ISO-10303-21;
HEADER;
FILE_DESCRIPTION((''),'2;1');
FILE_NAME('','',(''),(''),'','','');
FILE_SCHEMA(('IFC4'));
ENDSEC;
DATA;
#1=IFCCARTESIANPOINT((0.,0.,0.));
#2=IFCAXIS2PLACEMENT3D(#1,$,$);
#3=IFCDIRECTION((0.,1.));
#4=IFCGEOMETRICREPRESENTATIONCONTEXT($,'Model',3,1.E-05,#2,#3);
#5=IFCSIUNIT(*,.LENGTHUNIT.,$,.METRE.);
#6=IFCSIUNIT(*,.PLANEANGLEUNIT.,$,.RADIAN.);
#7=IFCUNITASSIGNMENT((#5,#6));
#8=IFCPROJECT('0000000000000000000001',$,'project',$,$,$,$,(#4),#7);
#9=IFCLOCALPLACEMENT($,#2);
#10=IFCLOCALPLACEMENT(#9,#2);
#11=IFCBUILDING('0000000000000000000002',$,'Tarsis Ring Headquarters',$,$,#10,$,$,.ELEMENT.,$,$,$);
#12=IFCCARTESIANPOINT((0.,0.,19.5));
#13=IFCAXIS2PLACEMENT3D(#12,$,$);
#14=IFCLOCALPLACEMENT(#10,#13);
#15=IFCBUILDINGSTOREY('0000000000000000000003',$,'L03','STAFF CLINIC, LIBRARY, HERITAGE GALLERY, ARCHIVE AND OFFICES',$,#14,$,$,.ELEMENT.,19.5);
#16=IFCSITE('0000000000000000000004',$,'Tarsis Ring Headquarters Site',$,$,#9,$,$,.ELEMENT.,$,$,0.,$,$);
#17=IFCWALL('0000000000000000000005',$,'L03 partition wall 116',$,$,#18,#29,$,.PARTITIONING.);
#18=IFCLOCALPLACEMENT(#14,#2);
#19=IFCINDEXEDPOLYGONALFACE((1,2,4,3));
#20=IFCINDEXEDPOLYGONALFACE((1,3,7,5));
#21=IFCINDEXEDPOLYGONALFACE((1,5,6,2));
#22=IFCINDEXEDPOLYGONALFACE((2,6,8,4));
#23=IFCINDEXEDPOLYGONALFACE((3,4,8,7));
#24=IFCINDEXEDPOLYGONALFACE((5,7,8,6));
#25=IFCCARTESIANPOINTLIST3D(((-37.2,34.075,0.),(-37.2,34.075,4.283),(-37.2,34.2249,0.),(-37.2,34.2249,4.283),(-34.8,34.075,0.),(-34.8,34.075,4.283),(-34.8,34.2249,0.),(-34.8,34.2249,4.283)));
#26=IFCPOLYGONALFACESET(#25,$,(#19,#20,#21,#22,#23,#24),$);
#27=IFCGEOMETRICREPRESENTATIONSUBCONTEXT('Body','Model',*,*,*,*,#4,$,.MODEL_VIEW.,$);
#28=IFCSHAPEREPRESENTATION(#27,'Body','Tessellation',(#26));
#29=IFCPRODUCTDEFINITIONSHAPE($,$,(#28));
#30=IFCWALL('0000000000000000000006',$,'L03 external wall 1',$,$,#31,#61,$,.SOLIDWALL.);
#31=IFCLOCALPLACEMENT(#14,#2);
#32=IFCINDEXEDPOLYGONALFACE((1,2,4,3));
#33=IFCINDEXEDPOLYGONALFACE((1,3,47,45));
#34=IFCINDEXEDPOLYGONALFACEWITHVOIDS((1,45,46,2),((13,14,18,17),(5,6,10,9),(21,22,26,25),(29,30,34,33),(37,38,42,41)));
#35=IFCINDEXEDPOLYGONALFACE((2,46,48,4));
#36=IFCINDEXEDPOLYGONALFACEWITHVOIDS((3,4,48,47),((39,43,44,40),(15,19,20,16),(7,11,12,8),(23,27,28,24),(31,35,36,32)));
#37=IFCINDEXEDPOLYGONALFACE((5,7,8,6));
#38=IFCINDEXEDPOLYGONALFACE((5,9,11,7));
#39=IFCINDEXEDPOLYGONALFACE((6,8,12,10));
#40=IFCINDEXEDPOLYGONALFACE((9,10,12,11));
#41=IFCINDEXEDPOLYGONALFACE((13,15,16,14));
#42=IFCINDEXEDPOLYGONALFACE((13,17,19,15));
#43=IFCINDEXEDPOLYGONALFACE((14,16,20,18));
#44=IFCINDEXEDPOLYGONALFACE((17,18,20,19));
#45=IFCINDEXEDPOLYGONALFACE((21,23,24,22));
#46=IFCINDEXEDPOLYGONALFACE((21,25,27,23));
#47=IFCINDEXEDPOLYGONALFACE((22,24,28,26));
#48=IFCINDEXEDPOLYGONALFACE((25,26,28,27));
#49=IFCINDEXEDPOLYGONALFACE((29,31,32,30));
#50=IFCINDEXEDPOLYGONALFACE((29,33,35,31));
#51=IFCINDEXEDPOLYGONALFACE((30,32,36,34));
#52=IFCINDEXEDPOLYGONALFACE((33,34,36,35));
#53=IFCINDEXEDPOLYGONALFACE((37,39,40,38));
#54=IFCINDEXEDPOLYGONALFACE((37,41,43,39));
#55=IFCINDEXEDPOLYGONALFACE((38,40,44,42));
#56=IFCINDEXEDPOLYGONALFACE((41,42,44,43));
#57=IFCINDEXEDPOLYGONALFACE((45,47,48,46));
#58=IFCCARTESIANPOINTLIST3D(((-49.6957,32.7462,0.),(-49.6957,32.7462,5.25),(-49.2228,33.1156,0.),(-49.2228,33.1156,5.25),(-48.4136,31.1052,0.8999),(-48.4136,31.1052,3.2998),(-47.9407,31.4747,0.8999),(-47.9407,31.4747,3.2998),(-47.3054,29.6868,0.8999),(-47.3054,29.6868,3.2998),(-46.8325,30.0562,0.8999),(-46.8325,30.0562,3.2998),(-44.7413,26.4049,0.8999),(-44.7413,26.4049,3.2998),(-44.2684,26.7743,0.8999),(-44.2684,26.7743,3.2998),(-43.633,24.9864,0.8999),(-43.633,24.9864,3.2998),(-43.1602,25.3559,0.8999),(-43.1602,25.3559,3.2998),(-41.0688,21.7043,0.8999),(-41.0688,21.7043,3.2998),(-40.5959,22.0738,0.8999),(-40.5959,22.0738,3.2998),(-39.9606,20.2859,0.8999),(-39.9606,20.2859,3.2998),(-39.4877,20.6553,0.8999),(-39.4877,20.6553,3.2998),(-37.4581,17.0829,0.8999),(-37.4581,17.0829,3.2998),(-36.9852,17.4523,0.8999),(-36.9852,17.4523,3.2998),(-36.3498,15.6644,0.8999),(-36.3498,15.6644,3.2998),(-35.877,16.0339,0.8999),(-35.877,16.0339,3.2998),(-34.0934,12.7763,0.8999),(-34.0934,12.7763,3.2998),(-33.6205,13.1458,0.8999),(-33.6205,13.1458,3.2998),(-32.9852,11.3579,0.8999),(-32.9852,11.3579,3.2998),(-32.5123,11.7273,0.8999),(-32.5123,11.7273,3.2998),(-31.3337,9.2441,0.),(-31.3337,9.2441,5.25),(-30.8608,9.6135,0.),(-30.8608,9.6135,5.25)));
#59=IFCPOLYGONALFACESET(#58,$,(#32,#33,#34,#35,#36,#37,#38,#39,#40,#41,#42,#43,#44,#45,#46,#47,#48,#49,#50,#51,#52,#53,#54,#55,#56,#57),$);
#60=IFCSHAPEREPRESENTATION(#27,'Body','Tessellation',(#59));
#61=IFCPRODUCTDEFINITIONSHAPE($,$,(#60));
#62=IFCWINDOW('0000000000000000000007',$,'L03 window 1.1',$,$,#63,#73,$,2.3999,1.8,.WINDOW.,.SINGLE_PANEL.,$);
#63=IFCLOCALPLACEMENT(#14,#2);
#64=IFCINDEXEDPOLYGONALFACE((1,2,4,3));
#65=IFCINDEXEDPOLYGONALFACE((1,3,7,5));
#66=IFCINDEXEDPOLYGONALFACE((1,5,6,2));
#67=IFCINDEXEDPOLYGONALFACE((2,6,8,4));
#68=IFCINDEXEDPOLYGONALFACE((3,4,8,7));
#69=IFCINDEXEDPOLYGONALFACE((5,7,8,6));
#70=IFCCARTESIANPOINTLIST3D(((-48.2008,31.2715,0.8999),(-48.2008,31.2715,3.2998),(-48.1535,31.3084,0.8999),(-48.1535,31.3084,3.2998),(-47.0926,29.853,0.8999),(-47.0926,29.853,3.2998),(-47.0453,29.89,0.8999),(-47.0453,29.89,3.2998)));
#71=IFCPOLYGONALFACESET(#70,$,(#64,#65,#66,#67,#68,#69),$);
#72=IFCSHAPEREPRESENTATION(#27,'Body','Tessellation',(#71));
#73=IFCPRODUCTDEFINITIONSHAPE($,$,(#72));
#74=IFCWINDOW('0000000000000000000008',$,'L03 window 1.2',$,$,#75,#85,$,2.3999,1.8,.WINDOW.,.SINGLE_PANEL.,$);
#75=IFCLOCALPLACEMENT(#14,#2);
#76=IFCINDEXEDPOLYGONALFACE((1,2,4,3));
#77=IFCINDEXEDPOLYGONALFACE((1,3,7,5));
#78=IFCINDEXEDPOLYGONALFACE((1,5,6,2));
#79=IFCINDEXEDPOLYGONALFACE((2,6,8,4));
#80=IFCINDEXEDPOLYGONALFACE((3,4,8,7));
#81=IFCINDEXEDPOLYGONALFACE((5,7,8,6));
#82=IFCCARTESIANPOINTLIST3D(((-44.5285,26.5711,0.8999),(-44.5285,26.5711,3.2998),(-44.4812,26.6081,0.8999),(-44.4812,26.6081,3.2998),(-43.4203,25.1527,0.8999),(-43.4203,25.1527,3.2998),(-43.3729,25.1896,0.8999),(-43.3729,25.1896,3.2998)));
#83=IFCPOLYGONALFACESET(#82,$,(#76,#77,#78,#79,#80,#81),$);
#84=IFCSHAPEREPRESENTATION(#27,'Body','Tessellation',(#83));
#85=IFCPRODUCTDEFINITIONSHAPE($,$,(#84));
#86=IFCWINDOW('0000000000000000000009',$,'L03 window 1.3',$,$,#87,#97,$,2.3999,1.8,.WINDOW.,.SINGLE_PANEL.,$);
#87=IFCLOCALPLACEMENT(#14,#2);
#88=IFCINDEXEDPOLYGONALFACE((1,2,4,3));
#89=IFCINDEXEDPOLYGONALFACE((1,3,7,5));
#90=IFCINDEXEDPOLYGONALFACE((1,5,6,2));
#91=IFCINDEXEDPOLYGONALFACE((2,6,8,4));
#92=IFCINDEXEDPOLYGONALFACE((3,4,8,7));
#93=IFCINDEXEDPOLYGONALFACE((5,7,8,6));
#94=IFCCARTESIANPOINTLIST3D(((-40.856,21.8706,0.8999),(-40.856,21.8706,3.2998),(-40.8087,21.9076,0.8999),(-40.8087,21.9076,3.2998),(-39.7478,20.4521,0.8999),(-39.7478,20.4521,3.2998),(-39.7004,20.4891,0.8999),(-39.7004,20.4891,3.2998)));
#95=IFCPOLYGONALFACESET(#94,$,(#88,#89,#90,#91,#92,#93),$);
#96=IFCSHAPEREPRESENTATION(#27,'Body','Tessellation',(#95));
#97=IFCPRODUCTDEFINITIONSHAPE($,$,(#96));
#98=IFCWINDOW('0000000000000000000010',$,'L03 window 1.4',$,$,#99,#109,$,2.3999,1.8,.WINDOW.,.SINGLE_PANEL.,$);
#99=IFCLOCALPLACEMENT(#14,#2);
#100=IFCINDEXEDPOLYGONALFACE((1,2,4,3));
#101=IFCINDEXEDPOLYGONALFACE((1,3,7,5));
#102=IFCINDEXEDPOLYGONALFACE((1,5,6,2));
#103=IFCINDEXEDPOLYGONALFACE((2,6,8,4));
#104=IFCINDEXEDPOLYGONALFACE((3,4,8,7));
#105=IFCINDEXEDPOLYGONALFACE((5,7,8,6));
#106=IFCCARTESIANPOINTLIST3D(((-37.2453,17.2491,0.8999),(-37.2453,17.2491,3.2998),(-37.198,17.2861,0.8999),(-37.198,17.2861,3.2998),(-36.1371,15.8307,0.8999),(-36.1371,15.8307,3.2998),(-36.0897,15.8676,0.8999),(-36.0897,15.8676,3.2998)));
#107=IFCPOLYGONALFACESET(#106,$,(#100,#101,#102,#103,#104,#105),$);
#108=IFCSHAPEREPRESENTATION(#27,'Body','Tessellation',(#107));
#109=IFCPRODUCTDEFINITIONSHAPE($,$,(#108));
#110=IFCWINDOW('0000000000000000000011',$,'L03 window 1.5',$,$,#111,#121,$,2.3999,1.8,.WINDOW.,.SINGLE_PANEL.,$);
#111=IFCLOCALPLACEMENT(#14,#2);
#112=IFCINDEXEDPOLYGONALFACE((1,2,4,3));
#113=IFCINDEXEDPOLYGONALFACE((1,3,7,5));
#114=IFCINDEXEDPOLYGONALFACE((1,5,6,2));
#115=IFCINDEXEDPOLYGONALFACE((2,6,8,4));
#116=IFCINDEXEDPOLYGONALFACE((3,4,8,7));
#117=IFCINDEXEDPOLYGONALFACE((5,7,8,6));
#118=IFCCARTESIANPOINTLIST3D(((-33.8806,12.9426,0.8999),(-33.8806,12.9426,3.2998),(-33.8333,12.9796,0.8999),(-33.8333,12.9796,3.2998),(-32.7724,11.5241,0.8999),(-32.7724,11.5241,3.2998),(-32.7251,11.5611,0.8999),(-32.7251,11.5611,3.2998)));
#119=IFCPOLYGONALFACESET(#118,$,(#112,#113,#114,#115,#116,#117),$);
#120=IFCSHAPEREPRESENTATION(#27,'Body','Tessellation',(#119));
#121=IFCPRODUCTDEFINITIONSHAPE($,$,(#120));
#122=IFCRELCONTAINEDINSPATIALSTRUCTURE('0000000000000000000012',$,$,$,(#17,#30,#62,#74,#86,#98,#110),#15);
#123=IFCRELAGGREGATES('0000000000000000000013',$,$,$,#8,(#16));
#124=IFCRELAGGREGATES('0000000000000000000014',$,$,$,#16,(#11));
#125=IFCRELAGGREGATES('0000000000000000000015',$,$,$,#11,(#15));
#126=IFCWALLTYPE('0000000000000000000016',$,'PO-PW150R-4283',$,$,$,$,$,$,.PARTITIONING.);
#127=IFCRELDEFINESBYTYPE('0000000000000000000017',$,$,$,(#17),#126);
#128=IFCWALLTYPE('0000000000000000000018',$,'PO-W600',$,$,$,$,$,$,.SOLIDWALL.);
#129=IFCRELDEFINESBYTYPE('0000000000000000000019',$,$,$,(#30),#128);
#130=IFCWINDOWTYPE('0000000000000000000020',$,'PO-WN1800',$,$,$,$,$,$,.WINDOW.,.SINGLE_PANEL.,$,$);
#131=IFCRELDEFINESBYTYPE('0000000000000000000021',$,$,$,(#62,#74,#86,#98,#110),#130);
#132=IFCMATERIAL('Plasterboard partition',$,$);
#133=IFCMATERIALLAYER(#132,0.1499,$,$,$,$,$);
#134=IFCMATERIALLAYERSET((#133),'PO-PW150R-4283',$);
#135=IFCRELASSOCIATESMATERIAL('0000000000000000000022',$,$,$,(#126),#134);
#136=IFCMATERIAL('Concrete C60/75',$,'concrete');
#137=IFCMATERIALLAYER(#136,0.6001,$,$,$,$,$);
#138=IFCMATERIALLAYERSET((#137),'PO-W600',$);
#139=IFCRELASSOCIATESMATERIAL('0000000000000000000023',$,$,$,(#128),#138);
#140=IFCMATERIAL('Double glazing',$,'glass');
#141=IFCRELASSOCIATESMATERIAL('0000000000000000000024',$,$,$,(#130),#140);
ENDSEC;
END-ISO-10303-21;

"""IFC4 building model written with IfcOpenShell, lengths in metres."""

from ifc_helpers import new_model, si_unit, direction, frame, frame_2d, origin, place, context, subcontext, project, spatial, rectangle, extrude, material, layer, layer_set, type_object, element, fill, save


model = new_model("IFC4")

# Units and contexts
model_context = context("Model", 3, precision=1e-05, world=origin(), true_north=direction((0.0, 1.0)))
body_context = subcontext(model_context, "Body", "Model", "MODEL_VIEW")
ifc_project = project(units=[si_unit("LENGTHUNIT", "METRE"), si_unit("PLANEANGLEUNIT", "RADIAN")], contexts=[model_context])

# Site, building, storey
site_placement = place(None, origin())
site = spatial("IfcSite", under=ifc_project, at=site_placement, Name="Tarsis Ring Headquarters Site", CompositionType="ELEMENT", RefElevation=0.0)
building_placement = place(site_placement, origin())
building = spatial("IfcBuilding", under=site, at=building_placement, Name="Tarsis Ring Headquarters", CompositionType="ELEMENT")
storey_placement = place(building_placement, frame((0.0, 0.0, 19.5)))
storey = spatial("IfcBuildingStorey", under=building, at=storey_placement, Name="L03", Description="STAFF CLINIC, LIBRARY, HERITAGE GALLERY, ARCHIVE AND OFFICES", CompositionType="ELEMENT", Elevation=19.5)

# Shared definitions
ifc_material_1 = material(Name="Concrete C60/75", Category="concrete")

# Shared definitions
ifc_material_2 = material(Name="Plasterboard partition")

# Shared definitions
ifc_layer_1 = layer(ifc_material_2, 0.1499)
ifc_layer_set_1 = layer_set([ifc_layer_1], Name="PO-PW150R-4283")
wall_type_1 = type_object("IfcWallType", Name="PO-PW150R-4283", PredefinedType="PARTITIONING", material=ifc_layer_set_1)

# Wall
wall_1_placement = place(storey_placement, frame((-34.8, 34.1499, 0.0), z_axis=(0.0, 0.0, 1.0), x_axis=(-1.0, 0.0, 0.0)))
element("IfcWall", 1, at=wall_1_placement, inside=storey, type_object=wall_type_1, Name="L03 partition wall 116", PredefinedType="PARTITIONING", context=body_context, shape_type="SweptSolid", body=[
    extrude(rectangle(XDim=2.3999, YDim=0.1499, at=frame_2d((1.2, 0.0))), origin(), (0.0, 0.0, 1.0), 4.283),
])

# Wall, openings, windows
ifc_layer_2 = layer(ifc_material_1, 0.6001)
ifc_layer_set_2 = layer_set([ifc_layer_2], Name="PO-W600")
wall_type_2 = type_object("IfcWallType", Name="PO-W600", PredefinedType="SOLIDWALL", material=ifc_layer_set_2)
wall_2_placement = place(storey_placement, frame((-49.4592, 32.9309, 0.0), z_axis=(0.0, 0.0, 1.0), x_axis=(0.615664, -0.788009, 0.0)))
wall_2 = element("IfcWall", 2, at=wall_2_placement, inside=storey, type_object=wall_type_2, Name="L03 external wall 1", PredefinedType="SOLIDWALL", context=body_context, shape_type="SweptSolid", body=[
    extrude(rectangle(XDim=29.8247, YDim=0.6001, at=frame_2d((14.9124, 0.0))), origin(), (0.0, 0.0, 1.0), 5.25),
])
opening_1_placement = place(wall_2_placement, frame((2.0825, 0.0, 0.8999)))
opening_1 = element("IfcOpeningElement", 3, at=opening_1_placement, cuts=wall_2, PredefinedType="OPENING", context=body_context, shape_type="SweptSolid", body=[
    extrude(rectangle(XDim=1.8, YDim=2.3999, at=frame_2d((0.8999, 1.2))), frame((0.0, 0.3101, 0.0), z_axis=(0.0, -1.0, 0.0), x_axis=(1.0, 0.0, 0.0)), (0.0, 0.0, 1.0), 0.6201),
])
opening_2_placement = place(wall_2_placement, frame((8.0474, 0.0, 0.8999)))
opening_2 = element("IfcOpeningElement", 4, at=opening_2_placement, cuts=wall_2, PredefinedType="OPENING", context=body_context, shape_type="SweptSolid", body=[
    extrude(rectangle(XDim=1.8, YDim=2.3999, at=frame_2d((0.8999, 1.2))), frame((0.0, 0.3101, 0.0), z_axis=(0.0, -1.0, 0.0), x_axis=(1.0, 0.0, 0.0)), (0.0, 0.0, 1.0), 0.6201),
])
opening_3_placement = place(wall_2_placement, frame((14.0125, 0.0, 0.8999)))
opening_3 = element("IfcOpeningElement", 5, at=opening_3_placement, cuts=wall_2, PredefinedType="OPENING", context=body_context, shape_type="SweptSolid", body=[
    extrude(rectangle(XDim=1.8, YDim=2.3999, at=frame_2d((0.8999, 1.2))), frame((0.0, 0.3101, 0.0), z_axis=(0.0, -1.0, 0.0), x_axis=(1.0, 0.0, 0.0)), (0.0, 0.0, 1.0), 0.6201),
])
opening_4_placement = place(wall_2_placement, frame((19.8772, 0.0, 0.8999)))
opening_4 = element("IfcOpeningElement", 6, at=opening_4_placement, cuts=wall_2, PredefinedType="OPENING", context=body_context, shape_type="SweptSolid", body=[
    extrude(rectangle(XDim=1.8, YDim=2.3999, at=frame_2d((0.8999, 1.2))), frame((0.0, 0.3101, 0.0), z_axis=(0.0, -1.0, 0.0), x_axis=(1.0, 0.0, 0.0)), (0.0, 0.0, 1.0), 0.6201),
])
opening_5_placement = place(wall_2_placement, frame((25.3423, 0.0, 0.8999)))
opening_5 = element("IfcOpeningElement", 7, at=opening_5_placement, cuts=wall_2, PredefinedType="OPENING", context=body_context, shape_type="SweptSolid", body=[
    extrude(rectangle(XDim=1.8, YDim=2.3999, at=frame_2d((0.8999, 1.2))), frame((0.0, 0.3101, 0.0), z_axis=(0.0, -1.0, 0.0), x_axis=(1.0, 0.0, 0.0)), (0.0, 0.0, 1.0), 0.6201),
])
ifc_material_3 = material(Name="Double glazing", Category="glass")
window_type = type_object("IfcWindowType", Name="PO-WN1800", PartitioningType="SINGLE_PANEL", PredefinedType="WINDOW", material=ifc_material_3)
window_1_placement = place(opening_1_placement, origin())
window_1 = element("IfcWindow", 8, at=window_1_placement, inside=storey, type_object=window_type, Name="L03 window 1.1", OverallHeight=2.3999, OverallWidth=1.8, PartitioningType="SINGLE_PANEL", PredefinedType="WINDOW", context=body_context, shape_type="SweptSolid", body=[
    extrude(rectangle(XDim=1.8, YDim=2.3999, at=frame_2d((0.8999, 1.2))), frame((0.0, 0.03, 0.0), z_axis=(0.0, -1.0, 0.0), x_axis=(1.0, 0.0, 0.0)), (0.0, 0.0, 1.0), 0.0601),
])
fill(opening_1, window_1)
window_2_placement = place(opening_2_placement, origin())
window_2 = element("IfcWindow", 9, at=window_2_placement, inside=storey, type_object=window_type, Name="L03 window 1.2", OverallHeight=2.3999, OverallWidth=1.8, PartitioningType="SINGLE_PANEL", PredefinedType="WINDOW", context=body_context, shape_type="SweptSolid", body=[
    extrude(rectangle(XDim=1.8, YDim=2.3999, at=frame_2d((0.8999, 1.2))), frame((0.0, 0.03, 0.0), z_axis=(0.0, -1.0, 0.0), x_axis=(1.0, 0.0, 0.0)), (0.0, 0.0, 1.0), 0.0601),
])
fill(opening_2, window_2)
window_3_placement = place(opening_3_placement, origin())
window_3 = element("IfcWindow", 10, at=window_3_placement, inside=storey, type_object=window_type, Name="L03 window 1.3", OverallHeight=2.3999, OverallWidth=1.8, PartitioningType="SINGLE_PANEL", PredefinedType="WINDOW", context=body_context, shape_type="SweptSolid", body=[
    extrude(rectangle(XDim=1.8, YDim=2.3999, at=frame_2d((0.8999, 1.2))), frame((0.0, 0.03, 0.0), z_axis=(0.0, -1.0, 0.0), x_axis=(1.0, 0.0, 0.0)), (0.0, 0.0, 1.0), 0.0601),
])
fill(opening_3, window_3)
window_4_placement = place(opening_4_placement, origin())
window_4 = element("IfcWindow", 11, at=window_4_placement, inside=storey, type_object=window_type, Name="L03 window 1.4", OverallHeight=2.3999, OverallWidth=1.8, PartitioningType="SINGLE_PANEL", PredefinedType="WINDOW", context=body_context, shape_type="SweptSolid", body=[
    extrude(rectangle(XDim=1.8, YDim=2.3999, at=frame_2d((0.8999, 1.2))), frame((0.0, 0.03, 0.0), z_axis=(0.0, -1.0, 0.0), x_axis=(1.0, 0.0, 0.0)), (0.0, 0.0, 1.0), 0.0601),
])
fill(opening_4, window_4)
window_5_placement = place(opening_5_placement, origin())
window_5 = element("IfcWindow", 12, at=window_5_placement, inside=storey, type_object=window_type, Name="L03 window 1.5", OverallHeight=2.3999, OverallWidth=1.8, PartitioningType="SINGLE_PANEL", PredefinedType="WINDOW", context=body_context, shape_type="SweptSolid", body=[
    extrude(rectangle(XDim=1.8, YDim=2.3999, at=frame_2d((0.8999, 1.2))), frame((0.0, 0.03, 0.0), z_axis=(0.0, -1.0, 0.0), x_axis=(1.0, 0.0, 0.0)), (0.0, 0.0, 1.0), 0.0601),
])
fill(opening_5, window_5)

save(model, "model.ifc")
